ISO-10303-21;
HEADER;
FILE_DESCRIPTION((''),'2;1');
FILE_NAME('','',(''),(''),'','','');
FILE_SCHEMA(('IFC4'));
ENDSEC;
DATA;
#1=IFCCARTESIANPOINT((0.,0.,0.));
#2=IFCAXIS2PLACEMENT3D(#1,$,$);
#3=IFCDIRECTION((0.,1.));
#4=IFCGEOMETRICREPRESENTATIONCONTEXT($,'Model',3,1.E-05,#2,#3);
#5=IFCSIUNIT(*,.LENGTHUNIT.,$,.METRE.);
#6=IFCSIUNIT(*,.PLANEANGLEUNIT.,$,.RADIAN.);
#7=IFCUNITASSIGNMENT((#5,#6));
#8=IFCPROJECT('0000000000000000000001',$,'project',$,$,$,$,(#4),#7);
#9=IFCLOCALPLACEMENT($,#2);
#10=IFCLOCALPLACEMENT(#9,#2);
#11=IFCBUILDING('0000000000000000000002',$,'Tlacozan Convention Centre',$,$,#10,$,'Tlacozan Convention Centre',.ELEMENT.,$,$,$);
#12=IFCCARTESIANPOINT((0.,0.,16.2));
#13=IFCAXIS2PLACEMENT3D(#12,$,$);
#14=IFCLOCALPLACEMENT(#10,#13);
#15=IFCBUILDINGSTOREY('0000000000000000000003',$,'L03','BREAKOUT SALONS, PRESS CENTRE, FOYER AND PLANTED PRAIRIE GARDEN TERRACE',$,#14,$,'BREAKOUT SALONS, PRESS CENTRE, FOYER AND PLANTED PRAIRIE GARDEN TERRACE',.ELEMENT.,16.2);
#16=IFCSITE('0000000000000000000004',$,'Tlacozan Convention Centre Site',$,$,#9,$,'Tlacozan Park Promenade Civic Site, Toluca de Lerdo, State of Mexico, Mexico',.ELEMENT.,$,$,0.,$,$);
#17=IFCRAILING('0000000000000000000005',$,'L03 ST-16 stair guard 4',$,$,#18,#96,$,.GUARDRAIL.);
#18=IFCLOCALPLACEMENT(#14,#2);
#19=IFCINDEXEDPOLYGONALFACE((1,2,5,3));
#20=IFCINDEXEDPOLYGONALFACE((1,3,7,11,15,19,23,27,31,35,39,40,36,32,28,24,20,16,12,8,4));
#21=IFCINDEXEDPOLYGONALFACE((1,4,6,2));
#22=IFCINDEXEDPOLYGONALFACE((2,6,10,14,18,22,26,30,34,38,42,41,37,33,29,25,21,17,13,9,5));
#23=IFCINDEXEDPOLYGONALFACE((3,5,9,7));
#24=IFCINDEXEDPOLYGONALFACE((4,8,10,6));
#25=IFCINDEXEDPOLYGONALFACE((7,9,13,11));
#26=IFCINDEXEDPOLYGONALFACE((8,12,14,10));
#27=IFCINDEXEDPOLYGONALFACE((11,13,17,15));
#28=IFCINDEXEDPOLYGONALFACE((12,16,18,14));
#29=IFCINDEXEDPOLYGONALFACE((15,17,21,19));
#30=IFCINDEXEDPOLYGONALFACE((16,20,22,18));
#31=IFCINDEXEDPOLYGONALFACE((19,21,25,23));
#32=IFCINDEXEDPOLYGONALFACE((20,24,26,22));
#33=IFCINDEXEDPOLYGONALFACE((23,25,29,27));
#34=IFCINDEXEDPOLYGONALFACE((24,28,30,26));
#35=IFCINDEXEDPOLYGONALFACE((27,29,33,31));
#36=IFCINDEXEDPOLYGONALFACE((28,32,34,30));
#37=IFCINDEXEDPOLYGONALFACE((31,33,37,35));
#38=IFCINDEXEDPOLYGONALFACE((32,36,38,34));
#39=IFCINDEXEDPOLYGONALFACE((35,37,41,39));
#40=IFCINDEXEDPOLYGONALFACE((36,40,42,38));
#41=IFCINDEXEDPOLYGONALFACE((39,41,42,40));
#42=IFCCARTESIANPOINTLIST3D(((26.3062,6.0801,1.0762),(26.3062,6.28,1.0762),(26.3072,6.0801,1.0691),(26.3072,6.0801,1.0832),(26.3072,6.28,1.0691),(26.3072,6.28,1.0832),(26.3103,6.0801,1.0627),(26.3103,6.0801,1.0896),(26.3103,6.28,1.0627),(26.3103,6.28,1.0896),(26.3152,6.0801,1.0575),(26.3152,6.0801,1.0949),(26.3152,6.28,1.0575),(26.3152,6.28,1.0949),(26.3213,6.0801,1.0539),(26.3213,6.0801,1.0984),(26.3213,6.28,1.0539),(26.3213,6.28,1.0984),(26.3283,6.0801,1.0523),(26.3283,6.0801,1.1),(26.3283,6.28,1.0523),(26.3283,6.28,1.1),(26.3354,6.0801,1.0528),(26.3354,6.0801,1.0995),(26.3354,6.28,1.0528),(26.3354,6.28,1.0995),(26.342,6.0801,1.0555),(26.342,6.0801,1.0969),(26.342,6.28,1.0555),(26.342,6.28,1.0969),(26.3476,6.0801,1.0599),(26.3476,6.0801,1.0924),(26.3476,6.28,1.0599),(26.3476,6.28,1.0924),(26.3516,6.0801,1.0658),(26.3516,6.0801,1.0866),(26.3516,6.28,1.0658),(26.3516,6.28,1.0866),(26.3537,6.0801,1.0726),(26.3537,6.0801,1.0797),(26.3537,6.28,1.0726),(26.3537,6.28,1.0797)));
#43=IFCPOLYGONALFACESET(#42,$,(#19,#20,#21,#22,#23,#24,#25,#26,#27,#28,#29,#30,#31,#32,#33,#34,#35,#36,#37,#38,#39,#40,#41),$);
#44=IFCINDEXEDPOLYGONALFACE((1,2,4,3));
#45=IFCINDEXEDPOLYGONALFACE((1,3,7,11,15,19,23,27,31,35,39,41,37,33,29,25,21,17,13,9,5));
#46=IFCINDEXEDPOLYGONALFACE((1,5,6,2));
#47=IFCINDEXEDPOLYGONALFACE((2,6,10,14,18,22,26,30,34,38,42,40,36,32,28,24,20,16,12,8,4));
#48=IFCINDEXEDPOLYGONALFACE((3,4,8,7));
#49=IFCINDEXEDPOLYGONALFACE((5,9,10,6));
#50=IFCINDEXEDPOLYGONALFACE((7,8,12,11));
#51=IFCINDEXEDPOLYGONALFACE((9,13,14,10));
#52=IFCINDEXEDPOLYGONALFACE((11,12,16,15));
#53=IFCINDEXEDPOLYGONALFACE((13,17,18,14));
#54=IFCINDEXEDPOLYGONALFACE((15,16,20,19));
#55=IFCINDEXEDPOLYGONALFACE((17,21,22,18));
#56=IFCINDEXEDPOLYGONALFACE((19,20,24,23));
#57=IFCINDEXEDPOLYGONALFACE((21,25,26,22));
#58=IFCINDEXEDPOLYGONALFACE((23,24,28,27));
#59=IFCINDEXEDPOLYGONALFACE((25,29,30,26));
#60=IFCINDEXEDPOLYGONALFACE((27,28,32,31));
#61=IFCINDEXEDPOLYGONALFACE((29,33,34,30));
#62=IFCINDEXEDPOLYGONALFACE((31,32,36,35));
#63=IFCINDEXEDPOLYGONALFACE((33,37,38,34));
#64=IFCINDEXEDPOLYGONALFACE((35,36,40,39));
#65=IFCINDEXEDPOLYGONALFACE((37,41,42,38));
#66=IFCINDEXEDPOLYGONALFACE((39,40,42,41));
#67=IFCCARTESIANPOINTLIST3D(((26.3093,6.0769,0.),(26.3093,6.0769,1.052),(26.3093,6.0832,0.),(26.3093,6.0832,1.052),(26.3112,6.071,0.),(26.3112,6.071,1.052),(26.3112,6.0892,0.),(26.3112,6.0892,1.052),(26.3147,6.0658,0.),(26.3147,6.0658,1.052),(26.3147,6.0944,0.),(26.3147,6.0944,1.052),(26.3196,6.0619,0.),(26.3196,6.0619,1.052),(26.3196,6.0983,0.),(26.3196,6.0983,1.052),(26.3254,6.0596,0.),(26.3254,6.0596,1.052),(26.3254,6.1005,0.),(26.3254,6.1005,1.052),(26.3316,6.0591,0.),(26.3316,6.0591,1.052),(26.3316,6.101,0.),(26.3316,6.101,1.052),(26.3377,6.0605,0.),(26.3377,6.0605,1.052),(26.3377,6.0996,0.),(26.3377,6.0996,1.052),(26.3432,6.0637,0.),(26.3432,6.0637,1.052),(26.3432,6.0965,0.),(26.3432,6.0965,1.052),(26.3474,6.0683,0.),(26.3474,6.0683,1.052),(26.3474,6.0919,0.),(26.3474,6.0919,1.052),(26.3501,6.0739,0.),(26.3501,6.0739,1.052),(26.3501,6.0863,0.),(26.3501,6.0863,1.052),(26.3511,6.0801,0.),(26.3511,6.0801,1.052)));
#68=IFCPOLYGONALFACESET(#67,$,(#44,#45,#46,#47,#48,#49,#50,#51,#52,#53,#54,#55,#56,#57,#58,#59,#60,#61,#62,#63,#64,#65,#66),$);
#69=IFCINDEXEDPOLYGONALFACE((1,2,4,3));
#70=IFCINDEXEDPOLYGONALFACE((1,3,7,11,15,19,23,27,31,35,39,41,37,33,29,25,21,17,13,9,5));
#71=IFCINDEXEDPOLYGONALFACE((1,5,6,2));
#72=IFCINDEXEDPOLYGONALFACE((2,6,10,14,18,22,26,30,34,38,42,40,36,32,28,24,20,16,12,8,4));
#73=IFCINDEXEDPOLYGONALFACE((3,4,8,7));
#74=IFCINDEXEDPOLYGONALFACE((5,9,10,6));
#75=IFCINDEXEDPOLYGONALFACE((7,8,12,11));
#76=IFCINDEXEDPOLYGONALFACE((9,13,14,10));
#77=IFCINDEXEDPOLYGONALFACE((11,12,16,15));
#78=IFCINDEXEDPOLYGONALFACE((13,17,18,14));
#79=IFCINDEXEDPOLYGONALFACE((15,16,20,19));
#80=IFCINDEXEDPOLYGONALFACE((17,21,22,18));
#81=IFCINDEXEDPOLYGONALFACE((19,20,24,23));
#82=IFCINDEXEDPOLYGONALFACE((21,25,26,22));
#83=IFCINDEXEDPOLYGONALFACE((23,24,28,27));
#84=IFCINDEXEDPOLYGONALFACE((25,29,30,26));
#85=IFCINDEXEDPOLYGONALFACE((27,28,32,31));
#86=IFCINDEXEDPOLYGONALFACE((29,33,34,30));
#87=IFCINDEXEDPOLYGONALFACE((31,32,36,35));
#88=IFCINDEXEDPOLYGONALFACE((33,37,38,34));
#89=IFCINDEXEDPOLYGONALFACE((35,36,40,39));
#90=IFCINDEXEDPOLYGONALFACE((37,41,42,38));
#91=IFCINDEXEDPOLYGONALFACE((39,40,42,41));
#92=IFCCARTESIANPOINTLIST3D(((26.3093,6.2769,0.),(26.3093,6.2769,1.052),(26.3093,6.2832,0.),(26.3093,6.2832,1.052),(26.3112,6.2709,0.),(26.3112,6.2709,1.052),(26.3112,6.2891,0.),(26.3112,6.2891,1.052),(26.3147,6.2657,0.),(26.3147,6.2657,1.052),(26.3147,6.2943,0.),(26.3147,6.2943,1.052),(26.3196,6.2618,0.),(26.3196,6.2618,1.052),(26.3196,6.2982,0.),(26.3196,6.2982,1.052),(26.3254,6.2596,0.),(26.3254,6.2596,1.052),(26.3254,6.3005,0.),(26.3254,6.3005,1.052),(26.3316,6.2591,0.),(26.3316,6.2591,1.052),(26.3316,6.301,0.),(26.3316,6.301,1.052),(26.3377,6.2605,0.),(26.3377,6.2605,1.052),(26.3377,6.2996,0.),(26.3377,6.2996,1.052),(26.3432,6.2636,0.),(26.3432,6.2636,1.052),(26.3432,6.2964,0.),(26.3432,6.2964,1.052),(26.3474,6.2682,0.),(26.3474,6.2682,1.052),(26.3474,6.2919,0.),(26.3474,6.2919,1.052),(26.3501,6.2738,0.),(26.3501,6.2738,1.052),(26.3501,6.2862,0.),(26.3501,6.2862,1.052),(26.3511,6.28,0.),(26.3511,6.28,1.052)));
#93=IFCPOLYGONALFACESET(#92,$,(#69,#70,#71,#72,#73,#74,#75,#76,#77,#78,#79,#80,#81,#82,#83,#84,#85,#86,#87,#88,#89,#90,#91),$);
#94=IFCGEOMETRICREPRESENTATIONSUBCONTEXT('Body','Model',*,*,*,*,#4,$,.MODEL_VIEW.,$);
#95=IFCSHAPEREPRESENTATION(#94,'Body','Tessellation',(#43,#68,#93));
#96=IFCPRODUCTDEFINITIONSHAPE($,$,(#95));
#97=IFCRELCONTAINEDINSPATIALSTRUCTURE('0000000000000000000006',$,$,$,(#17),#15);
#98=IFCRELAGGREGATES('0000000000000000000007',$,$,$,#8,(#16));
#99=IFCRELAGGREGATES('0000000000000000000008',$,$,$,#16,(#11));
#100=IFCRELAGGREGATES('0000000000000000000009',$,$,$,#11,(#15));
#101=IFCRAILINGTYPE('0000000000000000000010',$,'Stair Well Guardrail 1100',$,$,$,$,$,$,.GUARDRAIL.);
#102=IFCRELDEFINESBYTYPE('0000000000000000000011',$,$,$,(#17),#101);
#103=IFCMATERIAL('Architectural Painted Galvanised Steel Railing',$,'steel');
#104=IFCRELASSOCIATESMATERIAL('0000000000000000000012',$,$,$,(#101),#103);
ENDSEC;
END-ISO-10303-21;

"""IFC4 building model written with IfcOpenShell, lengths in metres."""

from ifc_helpers import new_model, si_unit, direction, frame, origin, origin_2d, place, context, subcontext, project, spatial, circle, extrude, material, type_object, element, save


model = new_model("IFC4")

# Units and contexts
model_context = context("Model", 3, precision=1e-05, world=origin(), true_north=direction((0.0, 1.0)))
body_context = subcontext(model_context, "Body", "Model", "MODEL_VIEW")
ifc_project = project(units=[si_unit("LENGTHUNIT", "METRE"), si_unit("PLANEANGLEUNIT", "RADIAN")], contexts=[model_context])

# Site, building, storey
site_placement = place(None, origin())
site = spatial("IfcSite", under=ifc_project, at=site_placement, Name="Tlacozan Convention Centre Site", LongName="Tlacozan Park Promenade Civic Site, Toluca de Lerdo, State of Mexico, Mexico", CompositionType="ELEMENT", RefElevation=0.0)
building_placement = place(site_placement, origin())
building = spatial("IfcBuilding", under=site, at=building_placement, Name="Tlacozan Convention Centre", LongName="Tlacozan Convention Centre", CompositionType="ELEMENT")
storey_placement = place(building_placement, frame((0.0, 0.0, 16.2)))
storey = spatial("IfcBuildingStorey", under=building, at=storey_placement, Name="L03", Description="BREAKOUT SALONS, PRESS CENTRE, FOYER AND PLANTED PRAIRIE GARDEN TERRACE", LongName="BREAKOUT SALONS, PRESS CENTRE, FOYER AND PLANTED PRAIRIE GARDEN TERRACE", CompositionType="ELEMENT", Elevation=16.2)

# Railing
ifc_material_1 = material(Name="Architectural Painted Galvanised Steel Railing", Category="steel")
railing_type = type_object("IfcRailingType", Name="Stair Well Guardrail 1100", PredefinedType="GUARDRAIL", material=ifc_material_1)
railing_placement = place(storey_placement, frame((26.3301, 6.0801, 0.0)))
element("IfcRailing", 1, at=railing_placement, inside=storey, type_object=railing_type, Name="L03 ST-16 stair guard 4", PredefinedType="GUARDRAIL", context=body_context, shape_type="SweptSolid", body=[
    extrude(circle(Radius=0.0239, at=origin_2d()), frame((0.0, 0.0, 1.0762), z_axis=(0.0, 1.0, 0.0), x_axis=(-1.0, 0.0, 0.0)), (0.0, 0.0, 1.0), 0.2),
    extrude(circle(Radius=0.021, at=origin_2d()), origin(), (0.0, 0.0, 1.0), 1.052),
    extrude(circle(Radius=0.021, at=origin_2d()), frame((0.0, 0.2, 0.0)), (0.0, 0.0, 1.0), 1.052),
])

save(model, "model.ifc")
